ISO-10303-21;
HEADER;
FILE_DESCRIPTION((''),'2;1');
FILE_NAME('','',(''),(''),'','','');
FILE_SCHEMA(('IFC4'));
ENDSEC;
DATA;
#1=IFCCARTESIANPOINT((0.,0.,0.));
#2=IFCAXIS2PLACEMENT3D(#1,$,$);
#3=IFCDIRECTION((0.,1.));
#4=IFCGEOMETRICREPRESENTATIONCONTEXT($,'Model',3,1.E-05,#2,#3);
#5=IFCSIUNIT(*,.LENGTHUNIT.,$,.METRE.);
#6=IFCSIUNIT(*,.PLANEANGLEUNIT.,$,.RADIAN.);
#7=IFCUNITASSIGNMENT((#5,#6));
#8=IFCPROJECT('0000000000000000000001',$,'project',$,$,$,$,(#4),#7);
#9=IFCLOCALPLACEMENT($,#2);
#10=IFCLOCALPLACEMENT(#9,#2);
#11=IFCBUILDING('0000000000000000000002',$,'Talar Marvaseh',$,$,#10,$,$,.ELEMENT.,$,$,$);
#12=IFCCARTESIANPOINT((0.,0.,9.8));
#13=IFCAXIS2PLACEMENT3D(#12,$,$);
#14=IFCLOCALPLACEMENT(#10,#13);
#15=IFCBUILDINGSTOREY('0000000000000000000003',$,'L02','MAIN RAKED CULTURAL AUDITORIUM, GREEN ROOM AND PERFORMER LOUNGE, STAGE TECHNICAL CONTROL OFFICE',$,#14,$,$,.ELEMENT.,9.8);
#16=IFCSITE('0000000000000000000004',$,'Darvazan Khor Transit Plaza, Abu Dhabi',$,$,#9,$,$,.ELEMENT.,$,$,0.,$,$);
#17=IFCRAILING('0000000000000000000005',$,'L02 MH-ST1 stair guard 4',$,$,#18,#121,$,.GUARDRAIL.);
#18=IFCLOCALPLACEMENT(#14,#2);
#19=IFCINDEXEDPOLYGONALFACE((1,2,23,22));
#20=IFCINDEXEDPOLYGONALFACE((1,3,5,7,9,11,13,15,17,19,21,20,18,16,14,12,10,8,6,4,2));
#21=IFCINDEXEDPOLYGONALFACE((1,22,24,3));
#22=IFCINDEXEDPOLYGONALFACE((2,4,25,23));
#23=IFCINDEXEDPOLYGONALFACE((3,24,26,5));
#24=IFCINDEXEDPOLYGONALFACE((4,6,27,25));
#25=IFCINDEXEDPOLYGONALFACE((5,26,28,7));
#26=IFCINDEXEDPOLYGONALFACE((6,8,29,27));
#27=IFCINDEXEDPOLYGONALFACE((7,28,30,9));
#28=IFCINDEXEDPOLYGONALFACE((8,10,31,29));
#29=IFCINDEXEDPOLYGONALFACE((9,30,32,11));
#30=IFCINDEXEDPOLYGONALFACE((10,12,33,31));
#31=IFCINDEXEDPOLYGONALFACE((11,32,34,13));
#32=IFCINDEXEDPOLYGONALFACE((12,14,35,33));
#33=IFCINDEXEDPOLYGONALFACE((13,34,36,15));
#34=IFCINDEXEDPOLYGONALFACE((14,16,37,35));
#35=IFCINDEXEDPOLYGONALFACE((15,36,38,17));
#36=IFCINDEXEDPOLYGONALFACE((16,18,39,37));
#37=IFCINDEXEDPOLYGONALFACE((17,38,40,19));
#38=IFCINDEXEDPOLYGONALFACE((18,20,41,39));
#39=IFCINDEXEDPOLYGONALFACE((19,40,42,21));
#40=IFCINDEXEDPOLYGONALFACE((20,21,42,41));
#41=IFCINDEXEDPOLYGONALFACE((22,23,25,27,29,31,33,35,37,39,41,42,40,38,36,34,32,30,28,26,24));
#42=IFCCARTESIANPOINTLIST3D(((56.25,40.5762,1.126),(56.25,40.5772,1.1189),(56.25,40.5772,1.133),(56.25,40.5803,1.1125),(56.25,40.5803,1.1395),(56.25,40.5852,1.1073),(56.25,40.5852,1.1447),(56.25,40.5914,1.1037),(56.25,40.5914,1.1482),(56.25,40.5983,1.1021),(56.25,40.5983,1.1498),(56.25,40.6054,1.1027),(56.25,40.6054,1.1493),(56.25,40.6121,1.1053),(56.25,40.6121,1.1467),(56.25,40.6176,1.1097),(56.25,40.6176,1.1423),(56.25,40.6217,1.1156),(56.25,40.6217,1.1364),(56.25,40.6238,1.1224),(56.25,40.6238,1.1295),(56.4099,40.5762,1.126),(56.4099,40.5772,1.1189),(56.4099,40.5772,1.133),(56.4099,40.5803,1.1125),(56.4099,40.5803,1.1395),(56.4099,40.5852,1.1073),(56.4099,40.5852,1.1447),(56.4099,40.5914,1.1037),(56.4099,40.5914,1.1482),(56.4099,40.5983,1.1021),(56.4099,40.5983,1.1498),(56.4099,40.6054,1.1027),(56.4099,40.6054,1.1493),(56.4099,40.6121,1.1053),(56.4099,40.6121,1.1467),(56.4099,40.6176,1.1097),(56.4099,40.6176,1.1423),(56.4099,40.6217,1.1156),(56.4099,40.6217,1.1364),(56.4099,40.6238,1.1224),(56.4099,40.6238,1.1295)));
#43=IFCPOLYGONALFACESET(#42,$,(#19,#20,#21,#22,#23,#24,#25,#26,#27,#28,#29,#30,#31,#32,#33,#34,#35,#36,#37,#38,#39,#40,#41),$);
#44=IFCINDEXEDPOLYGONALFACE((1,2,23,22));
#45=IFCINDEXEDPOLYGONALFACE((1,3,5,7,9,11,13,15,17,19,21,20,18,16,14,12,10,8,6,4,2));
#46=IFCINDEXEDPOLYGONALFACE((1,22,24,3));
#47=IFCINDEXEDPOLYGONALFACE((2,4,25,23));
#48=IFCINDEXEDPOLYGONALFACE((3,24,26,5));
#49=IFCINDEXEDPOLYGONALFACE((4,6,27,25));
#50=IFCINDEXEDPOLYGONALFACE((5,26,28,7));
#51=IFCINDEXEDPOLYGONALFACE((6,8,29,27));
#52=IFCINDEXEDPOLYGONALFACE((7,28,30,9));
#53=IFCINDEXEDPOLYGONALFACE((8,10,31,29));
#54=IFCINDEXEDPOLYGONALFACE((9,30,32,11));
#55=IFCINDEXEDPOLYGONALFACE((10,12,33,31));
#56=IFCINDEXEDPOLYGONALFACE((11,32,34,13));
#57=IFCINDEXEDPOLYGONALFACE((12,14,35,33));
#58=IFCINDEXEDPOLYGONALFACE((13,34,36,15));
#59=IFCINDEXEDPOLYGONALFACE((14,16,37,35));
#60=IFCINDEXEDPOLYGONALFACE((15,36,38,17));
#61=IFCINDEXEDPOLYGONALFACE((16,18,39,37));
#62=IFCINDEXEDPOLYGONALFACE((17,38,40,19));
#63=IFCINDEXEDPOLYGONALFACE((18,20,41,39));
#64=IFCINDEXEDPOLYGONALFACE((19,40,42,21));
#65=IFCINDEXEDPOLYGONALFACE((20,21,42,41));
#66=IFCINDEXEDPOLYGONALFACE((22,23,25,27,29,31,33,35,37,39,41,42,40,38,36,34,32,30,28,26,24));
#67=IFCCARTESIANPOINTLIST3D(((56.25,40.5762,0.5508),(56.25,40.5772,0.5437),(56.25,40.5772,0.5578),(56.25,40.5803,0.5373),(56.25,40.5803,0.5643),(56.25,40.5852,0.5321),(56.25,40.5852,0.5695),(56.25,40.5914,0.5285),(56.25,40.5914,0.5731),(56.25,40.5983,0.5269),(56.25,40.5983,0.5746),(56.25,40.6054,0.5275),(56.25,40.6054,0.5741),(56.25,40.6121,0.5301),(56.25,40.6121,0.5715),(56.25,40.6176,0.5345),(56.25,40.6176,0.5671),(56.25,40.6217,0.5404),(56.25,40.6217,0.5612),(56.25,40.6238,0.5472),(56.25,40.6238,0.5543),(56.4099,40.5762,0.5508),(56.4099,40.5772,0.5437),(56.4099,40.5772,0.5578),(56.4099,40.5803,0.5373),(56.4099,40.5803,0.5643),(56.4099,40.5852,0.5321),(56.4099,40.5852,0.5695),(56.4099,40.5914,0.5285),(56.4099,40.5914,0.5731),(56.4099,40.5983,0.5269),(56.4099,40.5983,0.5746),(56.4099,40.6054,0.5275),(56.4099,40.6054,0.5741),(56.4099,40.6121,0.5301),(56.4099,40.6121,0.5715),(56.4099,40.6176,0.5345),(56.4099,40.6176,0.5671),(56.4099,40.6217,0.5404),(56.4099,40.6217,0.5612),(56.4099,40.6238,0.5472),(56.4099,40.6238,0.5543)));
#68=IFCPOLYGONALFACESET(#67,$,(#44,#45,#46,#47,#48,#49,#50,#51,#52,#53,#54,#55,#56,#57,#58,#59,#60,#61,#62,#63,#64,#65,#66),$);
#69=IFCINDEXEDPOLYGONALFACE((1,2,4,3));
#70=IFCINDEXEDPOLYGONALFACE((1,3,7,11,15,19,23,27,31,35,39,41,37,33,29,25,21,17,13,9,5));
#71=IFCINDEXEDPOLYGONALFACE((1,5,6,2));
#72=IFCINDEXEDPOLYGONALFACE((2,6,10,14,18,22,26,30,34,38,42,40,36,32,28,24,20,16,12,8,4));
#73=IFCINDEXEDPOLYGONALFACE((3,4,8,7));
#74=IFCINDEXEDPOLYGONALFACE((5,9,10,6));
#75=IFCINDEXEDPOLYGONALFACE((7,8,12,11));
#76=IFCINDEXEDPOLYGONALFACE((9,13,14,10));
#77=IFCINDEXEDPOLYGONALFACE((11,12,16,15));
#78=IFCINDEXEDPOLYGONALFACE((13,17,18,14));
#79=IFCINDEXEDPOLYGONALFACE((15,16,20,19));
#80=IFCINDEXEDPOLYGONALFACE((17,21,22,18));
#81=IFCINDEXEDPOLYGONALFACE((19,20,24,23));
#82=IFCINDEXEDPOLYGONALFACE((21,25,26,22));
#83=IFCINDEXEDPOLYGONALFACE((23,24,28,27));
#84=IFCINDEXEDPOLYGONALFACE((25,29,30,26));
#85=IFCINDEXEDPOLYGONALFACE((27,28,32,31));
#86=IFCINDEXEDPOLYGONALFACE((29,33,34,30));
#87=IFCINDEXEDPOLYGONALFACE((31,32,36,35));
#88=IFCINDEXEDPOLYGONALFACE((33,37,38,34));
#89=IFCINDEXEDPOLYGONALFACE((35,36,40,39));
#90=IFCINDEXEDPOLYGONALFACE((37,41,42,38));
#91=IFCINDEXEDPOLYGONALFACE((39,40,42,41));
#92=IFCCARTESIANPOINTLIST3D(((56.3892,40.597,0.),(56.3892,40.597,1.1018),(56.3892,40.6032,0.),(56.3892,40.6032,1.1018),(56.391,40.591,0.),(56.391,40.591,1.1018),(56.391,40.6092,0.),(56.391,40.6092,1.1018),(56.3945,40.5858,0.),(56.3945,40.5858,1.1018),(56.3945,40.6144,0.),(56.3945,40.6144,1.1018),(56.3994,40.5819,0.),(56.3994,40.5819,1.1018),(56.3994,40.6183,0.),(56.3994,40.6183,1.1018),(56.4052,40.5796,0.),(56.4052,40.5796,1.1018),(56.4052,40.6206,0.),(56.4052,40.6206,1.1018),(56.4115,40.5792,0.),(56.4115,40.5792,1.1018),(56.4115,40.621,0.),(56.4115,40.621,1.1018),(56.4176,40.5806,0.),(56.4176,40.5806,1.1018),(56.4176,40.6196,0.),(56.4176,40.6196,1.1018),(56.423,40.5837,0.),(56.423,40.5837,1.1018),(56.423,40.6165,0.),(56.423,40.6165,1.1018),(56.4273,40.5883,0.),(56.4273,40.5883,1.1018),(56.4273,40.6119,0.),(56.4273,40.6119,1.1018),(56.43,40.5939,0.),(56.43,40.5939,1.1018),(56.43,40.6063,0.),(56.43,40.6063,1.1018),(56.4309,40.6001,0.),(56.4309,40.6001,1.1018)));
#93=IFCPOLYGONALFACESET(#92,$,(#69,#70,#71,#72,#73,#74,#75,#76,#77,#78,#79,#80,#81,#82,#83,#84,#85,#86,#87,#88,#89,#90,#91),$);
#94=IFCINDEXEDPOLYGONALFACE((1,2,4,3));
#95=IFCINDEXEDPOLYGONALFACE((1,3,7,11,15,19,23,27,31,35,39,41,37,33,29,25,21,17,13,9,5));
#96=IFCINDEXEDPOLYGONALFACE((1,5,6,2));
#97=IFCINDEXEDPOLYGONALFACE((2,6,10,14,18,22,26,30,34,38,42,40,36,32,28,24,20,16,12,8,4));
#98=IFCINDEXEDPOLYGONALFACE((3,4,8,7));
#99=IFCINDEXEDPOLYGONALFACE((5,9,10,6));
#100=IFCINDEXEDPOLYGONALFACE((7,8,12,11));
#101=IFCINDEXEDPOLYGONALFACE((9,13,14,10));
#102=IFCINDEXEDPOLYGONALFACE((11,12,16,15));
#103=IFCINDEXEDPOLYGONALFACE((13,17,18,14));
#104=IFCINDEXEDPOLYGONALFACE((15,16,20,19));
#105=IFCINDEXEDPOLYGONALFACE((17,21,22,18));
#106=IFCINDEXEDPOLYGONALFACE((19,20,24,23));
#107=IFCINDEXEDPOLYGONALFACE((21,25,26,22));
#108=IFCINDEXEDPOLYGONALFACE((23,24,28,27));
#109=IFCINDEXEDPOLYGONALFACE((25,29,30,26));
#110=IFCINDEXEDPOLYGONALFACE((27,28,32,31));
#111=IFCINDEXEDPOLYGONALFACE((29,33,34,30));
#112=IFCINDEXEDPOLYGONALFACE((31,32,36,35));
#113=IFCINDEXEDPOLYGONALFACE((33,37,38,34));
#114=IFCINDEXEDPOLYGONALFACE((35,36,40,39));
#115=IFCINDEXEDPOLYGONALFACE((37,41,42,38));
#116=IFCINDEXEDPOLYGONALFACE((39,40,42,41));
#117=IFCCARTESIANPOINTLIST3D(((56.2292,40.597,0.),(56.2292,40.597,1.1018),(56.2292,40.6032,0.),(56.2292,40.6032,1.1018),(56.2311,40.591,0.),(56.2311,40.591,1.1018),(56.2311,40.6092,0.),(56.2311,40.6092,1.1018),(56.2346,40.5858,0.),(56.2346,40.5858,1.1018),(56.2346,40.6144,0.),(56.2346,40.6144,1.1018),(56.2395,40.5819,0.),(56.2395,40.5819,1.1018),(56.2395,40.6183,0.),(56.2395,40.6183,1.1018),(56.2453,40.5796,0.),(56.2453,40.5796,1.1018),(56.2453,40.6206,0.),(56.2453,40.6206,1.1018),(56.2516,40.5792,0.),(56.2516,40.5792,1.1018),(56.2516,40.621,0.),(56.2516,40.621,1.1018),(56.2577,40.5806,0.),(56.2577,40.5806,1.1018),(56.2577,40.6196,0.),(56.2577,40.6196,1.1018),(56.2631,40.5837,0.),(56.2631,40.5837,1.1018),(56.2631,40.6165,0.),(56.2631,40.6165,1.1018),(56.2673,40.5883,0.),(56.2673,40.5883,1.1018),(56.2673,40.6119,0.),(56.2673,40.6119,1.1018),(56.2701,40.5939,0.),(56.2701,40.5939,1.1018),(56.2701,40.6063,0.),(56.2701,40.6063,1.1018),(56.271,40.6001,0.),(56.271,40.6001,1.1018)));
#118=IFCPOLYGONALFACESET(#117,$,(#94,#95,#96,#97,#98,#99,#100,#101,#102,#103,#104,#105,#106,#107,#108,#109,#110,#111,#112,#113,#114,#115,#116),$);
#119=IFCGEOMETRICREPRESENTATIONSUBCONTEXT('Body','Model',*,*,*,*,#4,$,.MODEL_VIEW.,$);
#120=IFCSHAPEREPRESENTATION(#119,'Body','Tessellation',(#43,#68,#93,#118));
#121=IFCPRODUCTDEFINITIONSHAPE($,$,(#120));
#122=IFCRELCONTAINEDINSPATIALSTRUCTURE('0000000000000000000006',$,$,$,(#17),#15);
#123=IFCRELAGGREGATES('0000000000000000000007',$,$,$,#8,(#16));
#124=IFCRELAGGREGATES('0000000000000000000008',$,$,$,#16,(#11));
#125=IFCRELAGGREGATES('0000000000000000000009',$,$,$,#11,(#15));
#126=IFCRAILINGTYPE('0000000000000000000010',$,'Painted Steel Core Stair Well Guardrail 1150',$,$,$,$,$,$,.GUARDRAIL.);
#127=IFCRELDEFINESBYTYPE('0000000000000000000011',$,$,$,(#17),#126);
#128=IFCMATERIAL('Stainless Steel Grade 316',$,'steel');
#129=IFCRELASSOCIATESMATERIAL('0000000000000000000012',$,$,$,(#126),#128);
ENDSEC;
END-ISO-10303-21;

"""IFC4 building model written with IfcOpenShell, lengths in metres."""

from ifc_helpers import new_model, si_unit, direction, frame, origin, origin_2d, place, context, subcontext, project, spatial, circle, extrude, material, type_object, element, save


model = new_model("IFC4")

# Units and contexts
model_context = context("Model", 3, precision=1e-05, world=origin(), true_north=direction((0.0, 1.0)))
body_context = subcontext(model_context, "Body", "Model", "MODEL_VIEW")
ifc_project = project(units=[si_unit("LENGTHUNIT", "METRE"), si_unit("PLANEANGLEUNIT", "RADIAN")], contexts=[model_context])

# Site, building, storey
site_placement = place(None, origin())
site = spatial("IfcSite", under=ifc_project, at=site_placement, Name="Darvazan Khor Transit Plaza, Abu Dhabi", CompositionType="ELEMENT", RefElevation=0.0)
building_placement = place(site_placement, origin())
building = spatial("IfcBuilding", under=site, at=building_placement, Name="Talar Marvaseh", CompositionType="ELEMENT")
storey_placement = place(building_placement, frame((0.0, 0.0, 9.8)))
storey = spatial("IfcBuildingStorey", under=building, at=storey_placement, Name="L02", Description="MAIN RAKED CULTURAL AUDITORIUM, GREEN ROOM AND PERFORMER LOUNGE, STAGE TECHNICAL CONTROL OFFICE", CompositionType="ELEMENT", Elevation=9.8)

# Railing
ifc_material_1 = material(Name="Stainless Steel Grade 316", Category="steel")
railing_type_1 = type_object("IfcRailingType", Name="Painted Steel Core Stair Well Guardrail 1150", PredefinedType="GUARDRAIL", material=ifc_material_1)
railing_1_placement = place(storey_placement, frame((56.4099, 40.6001, 0.0)))
element("IfcRailing", 1, at=railing_1_placement, inside=storey, type_object=railing_type_1, Name="L02 MH-ST1 stair guard 4", PredefinedType="GUARDRAIL", context=body_context, shape_type="SweptSolid", body=[
    extrude(circle(Radius=0.0239, at=origin_2d()), frame((0.0, 0.0, 1.126), z_axis=(-1.0, 0.0, 0.0), x_axis=(0.0, -1.0, 0.0)), (0.0, 0.0, 1.0), 0.1599),
    extrude(circle(Radius=0.0239, at=origin_2d()), frame((0.0, 0.0, 0.5508), z_axis=(-1.0, 0.0, 0.0), x_axis=(0.0, -1.0, 0.0)), (0.0, 0.0, 1.0), 0.1599),
    extrude(circle(Radius=0.021, at=origin_2d()), origin(), (0.0, 0.0, 1.0), 1.1018),
    extrude(circle(Radius=0.021, at=origin_2d()), frame((-0.1599, 0.0, 0.0)), (0.0, 0.0, 1.0), 1.1018),
])

save(model, "model.ifc")
